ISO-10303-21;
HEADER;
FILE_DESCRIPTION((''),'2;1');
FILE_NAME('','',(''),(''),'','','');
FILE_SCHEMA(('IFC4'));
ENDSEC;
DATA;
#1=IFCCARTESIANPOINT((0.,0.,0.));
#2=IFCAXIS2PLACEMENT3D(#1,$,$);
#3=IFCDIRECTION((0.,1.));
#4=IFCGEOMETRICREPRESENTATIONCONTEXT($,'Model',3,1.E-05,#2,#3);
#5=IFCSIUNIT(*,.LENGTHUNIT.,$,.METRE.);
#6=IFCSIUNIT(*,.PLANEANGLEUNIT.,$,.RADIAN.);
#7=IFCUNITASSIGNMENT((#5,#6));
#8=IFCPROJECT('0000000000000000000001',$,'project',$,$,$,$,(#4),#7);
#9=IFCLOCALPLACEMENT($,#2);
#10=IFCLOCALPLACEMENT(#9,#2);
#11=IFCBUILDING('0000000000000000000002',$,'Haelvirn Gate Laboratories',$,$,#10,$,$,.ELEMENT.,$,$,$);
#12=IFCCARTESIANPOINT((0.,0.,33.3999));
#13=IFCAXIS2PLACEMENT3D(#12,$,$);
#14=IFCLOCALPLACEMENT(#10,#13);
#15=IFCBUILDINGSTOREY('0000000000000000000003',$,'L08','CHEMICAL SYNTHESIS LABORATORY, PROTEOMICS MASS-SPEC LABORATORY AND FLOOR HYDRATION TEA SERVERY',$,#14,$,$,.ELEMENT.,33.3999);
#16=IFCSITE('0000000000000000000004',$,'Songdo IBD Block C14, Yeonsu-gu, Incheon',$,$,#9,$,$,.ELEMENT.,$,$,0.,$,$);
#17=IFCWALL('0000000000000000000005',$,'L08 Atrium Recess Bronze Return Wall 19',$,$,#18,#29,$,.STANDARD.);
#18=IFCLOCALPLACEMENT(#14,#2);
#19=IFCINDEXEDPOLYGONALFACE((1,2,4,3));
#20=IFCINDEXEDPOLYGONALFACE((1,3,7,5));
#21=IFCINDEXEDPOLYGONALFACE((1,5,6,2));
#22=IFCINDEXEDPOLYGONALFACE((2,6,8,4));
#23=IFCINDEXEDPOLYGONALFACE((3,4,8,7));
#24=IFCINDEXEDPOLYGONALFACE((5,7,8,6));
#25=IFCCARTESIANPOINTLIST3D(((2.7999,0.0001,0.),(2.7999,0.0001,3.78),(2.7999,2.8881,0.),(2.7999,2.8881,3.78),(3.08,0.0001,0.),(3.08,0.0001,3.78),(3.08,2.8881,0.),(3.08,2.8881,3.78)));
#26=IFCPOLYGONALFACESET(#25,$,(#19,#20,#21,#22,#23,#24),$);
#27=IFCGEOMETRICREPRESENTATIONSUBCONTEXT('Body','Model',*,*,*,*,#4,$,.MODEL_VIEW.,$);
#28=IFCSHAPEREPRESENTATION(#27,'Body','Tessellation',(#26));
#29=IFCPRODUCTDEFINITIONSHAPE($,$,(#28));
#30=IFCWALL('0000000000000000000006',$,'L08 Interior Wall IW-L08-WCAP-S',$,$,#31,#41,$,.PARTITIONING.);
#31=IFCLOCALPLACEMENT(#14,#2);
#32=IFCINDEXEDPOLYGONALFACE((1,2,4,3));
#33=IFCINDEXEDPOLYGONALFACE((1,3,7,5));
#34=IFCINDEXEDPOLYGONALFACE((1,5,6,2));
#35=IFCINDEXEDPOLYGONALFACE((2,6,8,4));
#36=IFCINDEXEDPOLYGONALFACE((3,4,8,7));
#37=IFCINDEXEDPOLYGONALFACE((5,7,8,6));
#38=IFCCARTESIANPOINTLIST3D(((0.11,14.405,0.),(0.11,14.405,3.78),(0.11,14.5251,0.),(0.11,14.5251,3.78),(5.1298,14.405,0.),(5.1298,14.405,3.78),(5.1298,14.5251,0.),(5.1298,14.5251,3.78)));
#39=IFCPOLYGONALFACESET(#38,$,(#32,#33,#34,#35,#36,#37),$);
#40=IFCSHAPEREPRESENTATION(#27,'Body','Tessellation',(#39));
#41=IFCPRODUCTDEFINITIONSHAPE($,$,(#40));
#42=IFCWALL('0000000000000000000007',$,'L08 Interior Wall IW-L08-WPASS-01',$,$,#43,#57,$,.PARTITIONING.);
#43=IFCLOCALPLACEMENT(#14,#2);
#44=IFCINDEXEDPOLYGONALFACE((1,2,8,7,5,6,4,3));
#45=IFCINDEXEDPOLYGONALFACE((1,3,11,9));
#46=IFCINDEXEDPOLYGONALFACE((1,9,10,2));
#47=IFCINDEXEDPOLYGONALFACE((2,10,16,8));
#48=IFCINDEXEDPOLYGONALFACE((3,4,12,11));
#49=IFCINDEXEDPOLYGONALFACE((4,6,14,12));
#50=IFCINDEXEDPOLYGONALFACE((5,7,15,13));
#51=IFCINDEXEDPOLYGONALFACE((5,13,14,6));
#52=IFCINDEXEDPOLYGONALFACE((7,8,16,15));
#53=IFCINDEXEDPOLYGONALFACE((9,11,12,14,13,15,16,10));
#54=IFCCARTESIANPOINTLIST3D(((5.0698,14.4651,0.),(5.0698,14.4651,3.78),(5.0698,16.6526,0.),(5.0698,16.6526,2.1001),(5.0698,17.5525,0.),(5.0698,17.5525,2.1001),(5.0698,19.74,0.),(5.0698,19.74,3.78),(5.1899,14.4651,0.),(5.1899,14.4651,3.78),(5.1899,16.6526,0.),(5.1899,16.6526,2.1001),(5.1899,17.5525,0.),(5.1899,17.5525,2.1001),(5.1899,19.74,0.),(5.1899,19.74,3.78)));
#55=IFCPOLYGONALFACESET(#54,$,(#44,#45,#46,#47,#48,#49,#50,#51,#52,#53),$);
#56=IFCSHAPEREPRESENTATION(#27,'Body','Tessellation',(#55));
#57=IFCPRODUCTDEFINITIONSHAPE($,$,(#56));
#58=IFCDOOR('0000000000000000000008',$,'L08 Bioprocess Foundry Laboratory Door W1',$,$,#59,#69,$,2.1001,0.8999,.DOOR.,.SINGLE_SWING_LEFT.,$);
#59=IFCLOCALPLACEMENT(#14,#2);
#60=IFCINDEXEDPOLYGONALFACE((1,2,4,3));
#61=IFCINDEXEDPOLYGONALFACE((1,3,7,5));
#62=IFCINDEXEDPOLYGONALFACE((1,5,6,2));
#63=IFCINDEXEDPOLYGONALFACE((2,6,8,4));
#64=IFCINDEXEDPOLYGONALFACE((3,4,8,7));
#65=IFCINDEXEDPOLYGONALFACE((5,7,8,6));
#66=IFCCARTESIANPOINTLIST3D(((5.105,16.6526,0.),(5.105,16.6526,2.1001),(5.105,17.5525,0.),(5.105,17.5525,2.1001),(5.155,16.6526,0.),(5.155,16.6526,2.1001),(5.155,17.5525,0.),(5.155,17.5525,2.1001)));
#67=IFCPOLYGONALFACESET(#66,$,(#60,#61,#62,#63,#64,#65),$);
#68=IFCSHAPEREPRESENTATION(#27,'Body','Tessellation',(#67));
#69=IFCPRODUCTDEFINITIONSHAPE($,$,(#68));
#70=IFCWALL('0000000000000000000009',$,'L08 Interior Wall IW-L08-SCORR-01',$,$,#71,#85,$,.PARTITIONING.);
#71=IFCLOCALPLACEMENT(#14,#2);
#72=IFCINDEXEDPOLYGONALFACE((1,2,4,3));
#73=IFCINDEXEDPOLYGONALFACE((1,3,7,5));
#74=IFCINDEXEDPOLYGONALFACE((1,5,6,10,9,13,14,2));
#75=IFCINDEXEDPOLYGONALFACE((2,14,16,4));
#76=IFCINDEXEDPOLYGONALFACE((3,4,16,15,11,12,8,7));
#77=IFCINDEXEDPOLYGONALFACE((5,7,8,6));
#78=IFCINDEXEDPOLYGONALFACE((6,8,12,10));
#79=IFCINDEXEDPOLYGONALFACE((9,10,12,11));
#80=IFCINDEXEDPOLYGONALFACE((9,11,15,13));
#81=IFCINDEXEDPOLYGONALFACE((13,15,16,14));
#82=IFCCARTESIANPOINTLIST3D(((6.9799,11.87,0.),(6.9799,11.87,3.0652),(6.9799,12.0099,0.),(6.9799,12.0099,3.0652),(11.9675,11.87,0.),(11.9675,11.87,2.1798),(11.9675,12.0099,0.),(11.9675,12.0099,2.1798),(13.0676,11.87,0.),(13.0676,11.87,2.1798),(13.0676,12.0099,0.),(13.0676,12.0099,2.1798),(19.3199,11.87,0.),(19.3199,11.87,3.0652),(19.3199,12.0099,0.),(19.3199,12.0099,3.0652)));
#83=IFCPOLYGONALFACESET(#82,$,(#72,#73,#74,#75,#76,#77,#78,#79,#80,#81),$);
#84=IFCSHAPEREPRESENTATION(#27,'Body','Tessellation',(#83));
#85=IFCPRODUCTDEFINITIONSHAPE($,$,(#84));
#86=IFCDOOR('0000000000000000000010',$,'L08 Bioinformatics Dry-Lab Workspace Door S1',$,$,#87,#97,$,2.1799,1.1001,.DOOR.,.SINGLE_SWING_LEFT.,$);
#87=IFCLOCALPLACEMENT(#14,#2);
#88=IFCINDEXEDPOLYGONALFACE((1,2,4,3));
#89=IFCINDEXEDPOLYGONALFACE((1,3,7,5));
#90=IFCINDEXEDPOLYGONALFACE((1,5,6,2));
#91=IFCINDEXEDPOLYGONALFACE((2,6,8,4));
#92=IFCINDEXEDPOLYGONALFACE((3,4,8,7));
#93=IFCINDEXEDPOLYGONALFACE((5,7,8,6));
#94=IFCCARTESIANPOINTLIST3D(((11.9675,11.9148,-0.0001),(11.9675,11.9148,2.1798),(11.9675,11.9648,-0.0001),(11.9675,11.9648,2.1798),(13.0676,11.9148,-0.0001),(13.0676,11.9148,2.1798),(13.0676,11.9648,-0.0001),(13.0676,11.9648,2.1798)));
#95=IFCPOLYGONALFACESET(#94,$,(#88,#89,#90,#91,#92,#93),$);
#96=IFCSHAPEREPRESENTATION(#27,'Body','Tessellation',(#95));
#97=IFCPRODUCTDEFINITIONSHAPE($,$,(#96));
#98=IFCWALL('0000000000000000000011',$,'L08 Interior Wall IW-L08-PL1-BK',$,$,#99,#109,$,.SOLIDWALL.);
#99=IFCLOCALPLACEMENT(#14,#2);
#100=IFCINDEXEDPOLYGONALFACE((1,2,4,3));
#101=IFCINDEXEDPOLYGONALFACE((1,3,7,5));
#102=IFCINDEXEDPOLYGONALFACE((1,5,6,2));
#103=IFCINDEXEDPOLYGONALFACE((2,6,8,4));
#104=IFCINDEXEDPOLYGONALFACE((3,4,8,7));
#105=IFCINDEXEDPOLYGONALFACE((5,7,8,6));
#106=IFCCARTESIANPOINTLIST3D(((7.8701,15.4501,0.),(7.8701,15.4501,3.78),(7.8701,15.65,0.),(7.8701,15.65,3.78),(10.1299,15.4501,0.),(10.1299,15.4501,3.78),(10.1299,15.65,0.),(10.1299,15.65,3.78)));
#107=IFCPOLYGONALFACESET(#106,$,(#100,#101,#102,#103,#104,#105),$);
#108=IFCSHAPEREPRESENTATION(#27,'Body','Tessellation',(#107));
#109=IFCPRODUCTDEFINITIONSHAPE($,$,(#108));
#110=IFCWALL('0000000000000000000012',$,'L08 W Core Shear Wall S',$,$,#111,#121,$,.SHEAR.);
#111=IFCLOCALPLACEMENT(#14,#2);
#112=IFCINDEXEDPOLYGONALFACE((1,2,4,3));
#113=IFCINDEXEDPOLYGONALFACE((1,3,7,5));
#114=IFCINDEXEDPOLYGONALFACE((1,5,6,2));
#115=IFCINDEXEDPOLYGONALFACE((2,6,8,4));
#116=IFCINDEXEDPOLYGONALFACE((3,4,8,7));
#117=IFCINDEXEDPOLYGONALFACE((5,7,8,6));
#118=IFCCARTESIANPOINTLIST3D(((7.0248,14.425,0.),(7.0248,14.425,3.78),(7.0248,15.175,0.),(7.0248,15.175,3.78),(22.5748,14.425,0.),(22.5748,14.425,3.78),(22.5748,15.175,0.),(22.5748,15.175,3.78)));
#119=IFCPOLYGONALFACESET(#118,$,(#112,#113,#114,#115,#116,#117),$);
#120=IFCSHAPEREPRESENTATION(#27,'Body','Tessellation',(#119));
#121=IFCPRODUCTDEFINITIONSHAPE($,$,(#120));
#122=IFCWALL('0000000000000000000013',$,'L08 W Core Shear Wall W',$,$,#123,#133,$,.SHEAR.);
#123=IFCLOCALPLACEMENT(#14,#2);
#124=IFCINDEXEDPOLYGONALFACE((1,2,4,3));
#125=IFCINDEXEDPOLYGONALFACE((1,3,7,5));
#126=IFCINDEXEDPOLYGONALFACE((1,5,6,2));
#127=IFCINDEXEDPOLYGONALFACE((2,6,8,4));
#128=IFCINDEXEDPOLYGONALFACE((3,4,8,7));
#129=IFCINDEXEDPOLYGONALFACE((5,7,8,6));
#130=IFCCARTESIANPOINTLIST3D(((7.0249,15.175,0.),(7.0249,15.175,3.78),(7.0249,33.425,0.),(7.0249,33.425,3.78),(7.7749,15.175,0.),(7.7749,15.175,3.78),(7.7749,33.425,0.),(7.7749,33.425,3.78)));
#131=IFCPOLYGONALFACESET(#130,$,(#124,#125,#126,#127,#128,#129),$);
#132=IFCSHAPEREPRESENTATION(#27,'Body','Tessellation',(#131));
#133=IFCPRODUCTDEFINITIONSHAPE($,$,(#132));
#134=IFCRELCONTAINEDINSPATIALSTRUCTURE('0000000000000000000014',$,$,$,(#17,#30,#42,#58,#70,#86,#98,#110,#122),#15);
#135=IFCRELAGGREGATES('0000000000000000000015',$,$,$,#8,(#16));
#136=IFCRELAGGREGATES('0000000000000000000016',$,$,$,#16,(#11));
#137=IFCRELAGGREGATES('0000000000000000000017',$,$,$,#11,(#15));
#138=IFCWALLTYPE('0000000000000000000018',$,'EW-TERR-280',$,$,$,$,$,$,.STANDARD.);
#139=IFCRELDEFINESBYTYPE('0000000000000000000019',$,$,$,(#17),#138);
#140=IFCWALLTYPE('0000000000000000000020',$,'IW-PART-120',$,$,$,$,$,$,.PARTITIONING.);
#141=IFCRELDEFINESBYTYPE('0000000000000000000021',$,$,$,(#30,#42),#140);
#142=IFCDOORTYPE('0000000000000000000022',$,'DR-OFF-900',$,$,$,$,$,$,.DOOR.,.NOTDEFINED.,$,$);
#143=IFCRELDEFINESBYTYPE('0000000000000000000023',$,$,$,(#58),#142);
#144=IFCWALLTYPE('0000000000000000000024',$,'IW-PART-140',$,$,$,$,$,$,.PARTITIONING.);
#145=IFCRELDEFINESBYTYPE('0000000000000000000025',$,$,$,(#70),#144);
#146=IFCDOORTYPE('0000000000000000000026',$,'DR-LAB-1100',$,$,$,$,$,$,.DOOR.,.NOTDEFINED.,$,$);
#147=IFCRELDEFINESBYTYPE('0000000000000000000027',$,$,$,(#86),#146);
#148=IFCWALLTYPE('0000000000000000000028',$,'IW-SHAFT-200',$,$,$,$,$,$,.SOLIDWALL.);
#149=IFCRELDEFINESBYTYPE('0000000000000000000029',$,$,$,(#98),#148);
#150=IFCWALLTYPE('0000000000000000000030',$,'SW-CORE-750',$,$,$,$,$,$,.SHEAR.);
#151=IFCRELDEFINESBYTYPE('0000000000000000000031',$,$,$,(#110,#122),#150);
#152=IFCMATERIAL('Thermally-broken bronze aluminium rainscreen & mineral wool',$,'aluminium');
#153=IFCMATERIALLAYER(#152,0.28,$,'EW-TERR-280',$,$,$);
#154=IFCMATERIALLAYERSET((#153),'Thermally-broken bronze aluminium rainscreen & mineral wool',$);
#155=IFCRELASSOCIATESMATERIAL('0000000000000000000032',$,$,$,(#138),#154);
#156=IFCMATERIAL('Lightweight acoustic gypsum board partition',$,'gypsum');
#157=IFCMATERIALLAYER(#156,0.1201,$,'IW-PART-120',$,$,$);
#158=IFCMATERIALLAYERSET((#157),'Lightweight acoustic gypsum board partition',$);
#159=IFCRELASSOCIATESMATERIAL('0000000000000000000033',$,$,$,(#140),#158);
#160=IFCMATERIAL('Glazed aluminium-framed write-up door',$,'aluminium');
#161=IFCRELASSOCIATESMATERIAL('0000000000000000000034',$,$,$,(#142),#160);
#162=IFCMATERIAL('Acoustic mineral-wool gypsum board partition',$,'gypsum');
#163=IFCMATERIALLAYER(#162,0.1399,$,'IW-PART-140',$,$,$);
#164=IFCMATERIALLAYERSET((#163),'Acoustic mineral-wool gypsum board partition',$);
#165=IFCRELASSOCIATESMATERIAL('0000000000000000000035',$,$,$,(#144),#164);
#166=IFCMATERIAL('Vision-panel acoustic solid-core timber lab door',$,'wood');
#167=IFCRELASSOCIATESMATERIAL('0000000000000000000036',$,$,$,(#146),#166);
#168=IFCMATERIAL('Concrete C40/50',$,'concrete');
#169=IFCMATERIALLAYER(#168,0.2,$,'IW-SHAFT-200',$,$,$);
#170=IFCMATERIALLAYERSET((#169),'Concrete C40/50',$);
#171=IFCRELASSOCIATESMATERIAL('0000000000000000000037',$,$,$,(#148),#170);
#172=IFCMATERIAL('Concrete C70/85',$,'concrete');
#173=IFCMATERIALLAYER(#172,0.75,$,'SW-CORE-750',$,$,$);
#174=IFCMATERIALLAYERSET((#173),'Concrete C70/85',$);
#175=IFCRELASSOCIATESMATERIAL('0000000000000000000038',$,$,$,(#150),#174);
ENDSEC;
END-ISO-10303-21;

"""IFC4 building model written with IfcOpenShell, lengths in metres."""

from ifc_helpers import new_model, si_unit, direction, frame, frame_2d, origin, place, context, subcontext, project, spatial, rectangle, extrude, source, transform, mapped, material, layer, layer_set, type_object, type_shapes, element, fill, save


model = new_model("IFC4")

# Units and contexts
model_context = context("Model", 3, precision=1e-05, world=origin(), true_north=direction((0.0, 1.0)))
body_context = subcontext(model_context, "Body", "Model", "MODEL_VIEW")
ifc_project = project(units=[si_unit("LENGTHUNIT", "METRE"), si_unit("PLANEANGLEUNIT", "RADIAN")], contexts=[model_context])

# Site, building, storey
site_placement = place(None, origin())
site = spatial("IfcSite", under=ifc_project, at=site_placement, Name="Songdo IBD Block C14, Yeonsu-gu, Incheon", CompositionType="ELEMENT", RefElevation=0.0)
building_placement = place(site_placement, origin())
building = spatial("IfcBuilding", under=site, at=building_placement, Name="Haelvirn Gate Laboratories", CompositionType="ELEMENT")
storey_placement = place(building_placement, frame((0.0, 0.0, 33.3999)))
storey = spatial("IfcBuildingStorey", under=building, at=storey_placement, Name="L08", Description="CHEMICAL SYNTHESIS LABORATORY, PROTEOMICS MASS-SPEC LABORATORY AND FLOOR HYDRATION TEA SERVERY", CompositionType="ELEMENT", Elevation=33.3999)

# Shared definitions
ifc_material_1 = material(Name="Concrete C70/85", Category="concrete")

# Shared definitions
ifc_material_2 = material(Name="Thermally-broken bronze aluminium rainscreen & mineral wool", Category="aluminium")
ifc_layer_1 = layer(ifc_material_2, 0.28, Name="EW-TERR-280")
ifc_layer_set_1 = layer_set([ifc_layer_1], Name="Thermally-broken bronze aluminium rainscreen & mineral wool")
wall_type_1 = type_object("IfcWallType", Name="EW-TERR-280", PredefinedType="STANDARD", material=ifc_layer_set_1)

# Walls
wall_1_placement = place(storey_placement, frame((2.9399, 2.8879, 0.0), z_axis=(0.0, 0.0, 1.0), x_axis=(0.0, -1.0, 0.0)))
element("IfcWall", 1, at=wall_1_placement, inside=storey, type_object=wall_type_1, Name="L08 Atrium Recess Bronze Return Wall 19", PredefinedType="STANDARD", context=body_context, shape_type="SweptSolid", body=[
    extrude(rectangle(XDim=2.8879, YDim=0.28, at=frame_2d((1.4438, 0.0))), origin(), (0.0, 0.0, 1.0), 3.78),
])
ifc_material_3 = material(Name="Lightweight acoustic gypsum board partition", Category="gypsum")
ifc_layer_2 = layer(ifc_material_3, 0.1201, Name="IW-PART-120")
ifc_layer_set_2 = layer_set([ifc_layer_2], Name="Lightweight acoustic gypsum board partition")
wall_type_2 = type_object("IfcWallType", Name="IW-PART-120", PredefinedType="PARTITIONING", material=ifc_layer_set_2)
wall_2_placement = place(storey_placement, frame((0.1101, 14.4651, 0.0), z_axis=(0.0, 0.0, 1.0), x_axis=(1.0, 0.0, 0.0)))
element("IfcWall", 2, at=wall_2_placement, inside=storey, type_object=wall_type_2, Name="L08 Interior Wall IW-L08-WCAP-S", PredefinedType="PARTITIONING", context=body_context, shape_type="SweptSolid", body=[
    extrude(rectangle(XDim=5.0198, YDim=0.1201, at=frame_2d((2.5098, 0.0))), origin(), (0.0, 0.0, 1.0), 3.78),
])

# Walls, openings, doors
wall_3_placement = place(storey_placement, frame((5.1299, 14.4651, 0.0), z_axis=(0.0, 0.0, 1.0), x_axis=(0.0, 1.0, 0.0)))
wall_3 = element("IfcWall", 3, at=wall_3_placement, inside=storey, type_object=wall_type_2, Name="L08 Interior Wall IW-L08-WPASS-01", PredefinedType="PARTITIONING", context=body_context, shape_type="SweptSolid", body=[
    extrude(rectangle(XDim=5.2749, YDim=0.1201, at=frame_2d((2.6375, 0.0))), origin(), (0.0, 0.0, 1.0), 3.78),
])
opening_1_placement = place(wall_3_placement, frame((2.1875, 0.0, 0.0)))
opening_1 = element("IfcOpeningElement", 4, at=opening_1_placement, cuts=wall_3, PredefinedType="OPENING", context=body_context, shape_type="SweptSolid", body=[
    extrude(rectangle(XDim=0.8999, YDim=2.1001, at=frame_2d((0.45, 1.05))), frame((0.0, 0.0701, 0.0), z_axis=(0.0, -1.0, 0.0), x_axis=(1.0, 0.0, 0.0)), (0.0, 0.0, 1.0), 0.1401),
])
ifc_material_4 = material(Name="Glazed aluminium-framed write-up door", Category="aluminium")
door_type_1 = type_object("IfcDoorType", Name="DR-OFF-900", OperationType="NOTDEFINED", PredefinedType="DOOR", material=ifc_material_4)
shared_shape_1 = source(origin(), body_context, "Body", "SweptSolid", [
    extrude(rectangle(XDim=0.8999, YDim=2.1001, at=frame_2d((0.45, 1.05))), frame((0.0, 0.0249, 0.0), z_axis=(0.0, -1.0, 0.0), x_axis=(1.0, 0.0, 0.0)), (0.0, 0.0, 1.0), 0.05),
])
type_shapes(door_type_1, [shared_shape_1])
door_1_placement = place(opening_1_placement, origin())
door_1 = element("IfcDoor", 5, at=door_1_placement, inside=storey, type_object=door_type_1, Name="L08 Bioprocess Foundry Laboratory Door W1", OperationType="SINGLE_SWING_LEFT", OverallHeight=2.1001, OverallWidth=0.8999, PredefinedType="DOOR", context=body_context, shape_type="MappedRepresentation", body=[
    mapped(shared_shape_1, transform((0.0, 0.0, 0.0), scale=1.0)),
])
fill(opening_1, door_1)
ifc_material_5 = material(Name="Acoustic mineral-wool gypsum board partition", Category="gypsum")
ifc_layer_3 = layer(ifc_material_5, 0.1399, Name="IW-PART-140")
ifc_layer_set_3 = layer_set([ifc_layer_3], Name="Acoustic mineral-wool gypsum board partition")
wall_type_3 = type_object("IfcWallType", Name="IW-PART-140", PredefinedType="PARTITIONING", material=ifc_layer_set_3)
wall_4_placement = place(storey_placement, frame((6.98, 11.9399, 0.0), z_axis=(0.0, 0.0, 1.0), x_axis=(1.0, 0.0, 0.0)))
wall_4 = element("IfcWall", 6, at=wall_4_placement, inside=storey, type_object=wall_type_3, Name="L08 Interior Wall IW-L08-SCORR-01", PredefinedType="PARTITIONING", context=body_context, shape_type="SweptSolid", body=[
    extrude(rectangle(XDim=12.3401, YDim=0.1399, at=frame_2d((6.1699, 0.0))), origin(), (0.0, 0.0, 1.0), 3.0652),
])
opening_2_placement = place(wall_4_placement, frame((4.9875, 0.0, 0.0)))
opening_2 = element("IfcOpeningElement", 7, at=opening_2_placement, cuts=wall_4, PredefinedType="OPENING", context=body_context, shape_type="SweptSolid", body=[
    extrude(rectangle(XDim=1.1001, YDim=2.1799, at=frame_2d((0.55, 1.0898))), frame((0.0, 0.0801, 0.0), z_axis=(0.0, -1.0, 0.0), x_axis=(1.0, 0.0, 0.0)), (0.0, 0.0, 1.0), 0.1599),
])
ifc_material_6 = material(Name="Vision-panel acoustic solid-core timber lab door", Category="wood")
door_type_2 = type_object("IfcDoorType", Name="DR-LAB-1100", OperationType="NOTDEFINED", PredefinedType="DOOR", material=ifc_material_6)
shared_shape_2 = source(origin(), body_context, "Body", "SweptSolid", [
    extrude(rectangle(XDim=1.1001, YDim=2.1799, at=frame_2d((0.55, 1.0898))), frame((0.0, 0.0249, 0.0), z_axis=(0.0, -1.0, 0.0), x_axis=(1.0, 0.0, 0.0)), (0.0, 0.0, 1.0), 0.05),
])
type_shapes(door_type_2, [shared_shape_2])
door_2_placement = place(opening_2_placement, origin())
door_2 = element("IfcDoor", 8, at=door_2_placement, inside=storey, type_object=door_type_2, Name="L08 Bioinformatics Dry-Lab Workspace Door S1", OperationType="SINGLE_SWING_LEFT", OverallHeight=2.1799, OverallWidth=1.1001, PredefinedType="DOOR", context=body_context, shape_type="MappedRepresentation", body=[
    mapped(shared_shape_2, transform((0.0, 0.0, 0.0), scale=1.0)),
])
fill(opening_2, door_2)

# Walls
ifc_material_7 = material(Name="Concrete C40/50", Category="concrete")
ifc_layer_4 = layer(ifc_material_7, 0.2, Name="IW-SHAFT-200")
ifc_layer_set_4 = layer_set([ifc_layer_4], Name="Concrete C40/50")
wall_type_4 = type_object("IfcWallType", Name="IW-SHAFT-200", PredefinedType="SOLIDWALL", material=ifc_layer_set_4)
wall_5_placement = place(storey_placement, frame((7.8701, 15.55, 0.0), z_axis=(0.0, 0.0, 1.0), x_axis=(1.0, 0.0, 0.0)))
element("IfcWall", 9, at=wall_5_placement, inside=storey, type_object=wall_type_4, Name="L08 Interior Wall IW-L08-PL1-BK", PredefinedType="SOLIDWALL", context=body_context, shape_type="SweptSolid", body=[
    extrude(rectangle(XDim=2.2598, YDim=0.2, at=frame_2d((1.1299, 0.0))), origin(), (0.0, 0.0, 1.0), 3.78),
])
ifc_layer_5 = layer(ifc_material_1, 0.75, Name="SW-CORE-750")
ifc_layer_set_5 = layer_set([ifc_layer_5], Name="Concrete C70/85")
wall_type_5 = type_object("IfcWallType", Name="SW-CORE-750", PredefinedType="SHEAR", material=ifc_layer_set_5)
wall_6_placement = place(storey_placement, frame((7.0249, 14.8, 0.0), z_axis=(0.0, 0.0, 1.0), x_axis=(1.0, 0.0, 0.0)))
element("IfcWall", 10, at=wall_6_placement, inside=storey, type_object=wall_type_5, Name="L08 W Core Shear Wall S", PredefinedType="SHEAR", context=body_context, shape_type="SweptSolid", body=[
    extrude(rectangle(XDim=15.55, YDim=0.75, at=frame_2d((7.7749, 0.0))), origin(), (0.0, 0.0, 1.0), 3.78),
])
wall_7_placement = place(storey_placement, frame((7.3999, 15.175, 0.0), z_axis=(0.0, 0.0, 1.0), x_axis=(0.0, 1.0, 0.0)))
element("IfcWall", 11, at=wall_7_placement, inside=storey, type_object=wall_type_5, Name="L08 W Core Shear Wall W", PredefinedType="SHEAR", context=body_context, shape_type="SweptSolid", body=[
    extrude(rectangle(XDim=18.25, YDim=0.75, at=frame_2d((9.125, 0.0))), origin(), (0.0, 0.0, 1.0), 3.78),
])

save(model, "model.ifc")
